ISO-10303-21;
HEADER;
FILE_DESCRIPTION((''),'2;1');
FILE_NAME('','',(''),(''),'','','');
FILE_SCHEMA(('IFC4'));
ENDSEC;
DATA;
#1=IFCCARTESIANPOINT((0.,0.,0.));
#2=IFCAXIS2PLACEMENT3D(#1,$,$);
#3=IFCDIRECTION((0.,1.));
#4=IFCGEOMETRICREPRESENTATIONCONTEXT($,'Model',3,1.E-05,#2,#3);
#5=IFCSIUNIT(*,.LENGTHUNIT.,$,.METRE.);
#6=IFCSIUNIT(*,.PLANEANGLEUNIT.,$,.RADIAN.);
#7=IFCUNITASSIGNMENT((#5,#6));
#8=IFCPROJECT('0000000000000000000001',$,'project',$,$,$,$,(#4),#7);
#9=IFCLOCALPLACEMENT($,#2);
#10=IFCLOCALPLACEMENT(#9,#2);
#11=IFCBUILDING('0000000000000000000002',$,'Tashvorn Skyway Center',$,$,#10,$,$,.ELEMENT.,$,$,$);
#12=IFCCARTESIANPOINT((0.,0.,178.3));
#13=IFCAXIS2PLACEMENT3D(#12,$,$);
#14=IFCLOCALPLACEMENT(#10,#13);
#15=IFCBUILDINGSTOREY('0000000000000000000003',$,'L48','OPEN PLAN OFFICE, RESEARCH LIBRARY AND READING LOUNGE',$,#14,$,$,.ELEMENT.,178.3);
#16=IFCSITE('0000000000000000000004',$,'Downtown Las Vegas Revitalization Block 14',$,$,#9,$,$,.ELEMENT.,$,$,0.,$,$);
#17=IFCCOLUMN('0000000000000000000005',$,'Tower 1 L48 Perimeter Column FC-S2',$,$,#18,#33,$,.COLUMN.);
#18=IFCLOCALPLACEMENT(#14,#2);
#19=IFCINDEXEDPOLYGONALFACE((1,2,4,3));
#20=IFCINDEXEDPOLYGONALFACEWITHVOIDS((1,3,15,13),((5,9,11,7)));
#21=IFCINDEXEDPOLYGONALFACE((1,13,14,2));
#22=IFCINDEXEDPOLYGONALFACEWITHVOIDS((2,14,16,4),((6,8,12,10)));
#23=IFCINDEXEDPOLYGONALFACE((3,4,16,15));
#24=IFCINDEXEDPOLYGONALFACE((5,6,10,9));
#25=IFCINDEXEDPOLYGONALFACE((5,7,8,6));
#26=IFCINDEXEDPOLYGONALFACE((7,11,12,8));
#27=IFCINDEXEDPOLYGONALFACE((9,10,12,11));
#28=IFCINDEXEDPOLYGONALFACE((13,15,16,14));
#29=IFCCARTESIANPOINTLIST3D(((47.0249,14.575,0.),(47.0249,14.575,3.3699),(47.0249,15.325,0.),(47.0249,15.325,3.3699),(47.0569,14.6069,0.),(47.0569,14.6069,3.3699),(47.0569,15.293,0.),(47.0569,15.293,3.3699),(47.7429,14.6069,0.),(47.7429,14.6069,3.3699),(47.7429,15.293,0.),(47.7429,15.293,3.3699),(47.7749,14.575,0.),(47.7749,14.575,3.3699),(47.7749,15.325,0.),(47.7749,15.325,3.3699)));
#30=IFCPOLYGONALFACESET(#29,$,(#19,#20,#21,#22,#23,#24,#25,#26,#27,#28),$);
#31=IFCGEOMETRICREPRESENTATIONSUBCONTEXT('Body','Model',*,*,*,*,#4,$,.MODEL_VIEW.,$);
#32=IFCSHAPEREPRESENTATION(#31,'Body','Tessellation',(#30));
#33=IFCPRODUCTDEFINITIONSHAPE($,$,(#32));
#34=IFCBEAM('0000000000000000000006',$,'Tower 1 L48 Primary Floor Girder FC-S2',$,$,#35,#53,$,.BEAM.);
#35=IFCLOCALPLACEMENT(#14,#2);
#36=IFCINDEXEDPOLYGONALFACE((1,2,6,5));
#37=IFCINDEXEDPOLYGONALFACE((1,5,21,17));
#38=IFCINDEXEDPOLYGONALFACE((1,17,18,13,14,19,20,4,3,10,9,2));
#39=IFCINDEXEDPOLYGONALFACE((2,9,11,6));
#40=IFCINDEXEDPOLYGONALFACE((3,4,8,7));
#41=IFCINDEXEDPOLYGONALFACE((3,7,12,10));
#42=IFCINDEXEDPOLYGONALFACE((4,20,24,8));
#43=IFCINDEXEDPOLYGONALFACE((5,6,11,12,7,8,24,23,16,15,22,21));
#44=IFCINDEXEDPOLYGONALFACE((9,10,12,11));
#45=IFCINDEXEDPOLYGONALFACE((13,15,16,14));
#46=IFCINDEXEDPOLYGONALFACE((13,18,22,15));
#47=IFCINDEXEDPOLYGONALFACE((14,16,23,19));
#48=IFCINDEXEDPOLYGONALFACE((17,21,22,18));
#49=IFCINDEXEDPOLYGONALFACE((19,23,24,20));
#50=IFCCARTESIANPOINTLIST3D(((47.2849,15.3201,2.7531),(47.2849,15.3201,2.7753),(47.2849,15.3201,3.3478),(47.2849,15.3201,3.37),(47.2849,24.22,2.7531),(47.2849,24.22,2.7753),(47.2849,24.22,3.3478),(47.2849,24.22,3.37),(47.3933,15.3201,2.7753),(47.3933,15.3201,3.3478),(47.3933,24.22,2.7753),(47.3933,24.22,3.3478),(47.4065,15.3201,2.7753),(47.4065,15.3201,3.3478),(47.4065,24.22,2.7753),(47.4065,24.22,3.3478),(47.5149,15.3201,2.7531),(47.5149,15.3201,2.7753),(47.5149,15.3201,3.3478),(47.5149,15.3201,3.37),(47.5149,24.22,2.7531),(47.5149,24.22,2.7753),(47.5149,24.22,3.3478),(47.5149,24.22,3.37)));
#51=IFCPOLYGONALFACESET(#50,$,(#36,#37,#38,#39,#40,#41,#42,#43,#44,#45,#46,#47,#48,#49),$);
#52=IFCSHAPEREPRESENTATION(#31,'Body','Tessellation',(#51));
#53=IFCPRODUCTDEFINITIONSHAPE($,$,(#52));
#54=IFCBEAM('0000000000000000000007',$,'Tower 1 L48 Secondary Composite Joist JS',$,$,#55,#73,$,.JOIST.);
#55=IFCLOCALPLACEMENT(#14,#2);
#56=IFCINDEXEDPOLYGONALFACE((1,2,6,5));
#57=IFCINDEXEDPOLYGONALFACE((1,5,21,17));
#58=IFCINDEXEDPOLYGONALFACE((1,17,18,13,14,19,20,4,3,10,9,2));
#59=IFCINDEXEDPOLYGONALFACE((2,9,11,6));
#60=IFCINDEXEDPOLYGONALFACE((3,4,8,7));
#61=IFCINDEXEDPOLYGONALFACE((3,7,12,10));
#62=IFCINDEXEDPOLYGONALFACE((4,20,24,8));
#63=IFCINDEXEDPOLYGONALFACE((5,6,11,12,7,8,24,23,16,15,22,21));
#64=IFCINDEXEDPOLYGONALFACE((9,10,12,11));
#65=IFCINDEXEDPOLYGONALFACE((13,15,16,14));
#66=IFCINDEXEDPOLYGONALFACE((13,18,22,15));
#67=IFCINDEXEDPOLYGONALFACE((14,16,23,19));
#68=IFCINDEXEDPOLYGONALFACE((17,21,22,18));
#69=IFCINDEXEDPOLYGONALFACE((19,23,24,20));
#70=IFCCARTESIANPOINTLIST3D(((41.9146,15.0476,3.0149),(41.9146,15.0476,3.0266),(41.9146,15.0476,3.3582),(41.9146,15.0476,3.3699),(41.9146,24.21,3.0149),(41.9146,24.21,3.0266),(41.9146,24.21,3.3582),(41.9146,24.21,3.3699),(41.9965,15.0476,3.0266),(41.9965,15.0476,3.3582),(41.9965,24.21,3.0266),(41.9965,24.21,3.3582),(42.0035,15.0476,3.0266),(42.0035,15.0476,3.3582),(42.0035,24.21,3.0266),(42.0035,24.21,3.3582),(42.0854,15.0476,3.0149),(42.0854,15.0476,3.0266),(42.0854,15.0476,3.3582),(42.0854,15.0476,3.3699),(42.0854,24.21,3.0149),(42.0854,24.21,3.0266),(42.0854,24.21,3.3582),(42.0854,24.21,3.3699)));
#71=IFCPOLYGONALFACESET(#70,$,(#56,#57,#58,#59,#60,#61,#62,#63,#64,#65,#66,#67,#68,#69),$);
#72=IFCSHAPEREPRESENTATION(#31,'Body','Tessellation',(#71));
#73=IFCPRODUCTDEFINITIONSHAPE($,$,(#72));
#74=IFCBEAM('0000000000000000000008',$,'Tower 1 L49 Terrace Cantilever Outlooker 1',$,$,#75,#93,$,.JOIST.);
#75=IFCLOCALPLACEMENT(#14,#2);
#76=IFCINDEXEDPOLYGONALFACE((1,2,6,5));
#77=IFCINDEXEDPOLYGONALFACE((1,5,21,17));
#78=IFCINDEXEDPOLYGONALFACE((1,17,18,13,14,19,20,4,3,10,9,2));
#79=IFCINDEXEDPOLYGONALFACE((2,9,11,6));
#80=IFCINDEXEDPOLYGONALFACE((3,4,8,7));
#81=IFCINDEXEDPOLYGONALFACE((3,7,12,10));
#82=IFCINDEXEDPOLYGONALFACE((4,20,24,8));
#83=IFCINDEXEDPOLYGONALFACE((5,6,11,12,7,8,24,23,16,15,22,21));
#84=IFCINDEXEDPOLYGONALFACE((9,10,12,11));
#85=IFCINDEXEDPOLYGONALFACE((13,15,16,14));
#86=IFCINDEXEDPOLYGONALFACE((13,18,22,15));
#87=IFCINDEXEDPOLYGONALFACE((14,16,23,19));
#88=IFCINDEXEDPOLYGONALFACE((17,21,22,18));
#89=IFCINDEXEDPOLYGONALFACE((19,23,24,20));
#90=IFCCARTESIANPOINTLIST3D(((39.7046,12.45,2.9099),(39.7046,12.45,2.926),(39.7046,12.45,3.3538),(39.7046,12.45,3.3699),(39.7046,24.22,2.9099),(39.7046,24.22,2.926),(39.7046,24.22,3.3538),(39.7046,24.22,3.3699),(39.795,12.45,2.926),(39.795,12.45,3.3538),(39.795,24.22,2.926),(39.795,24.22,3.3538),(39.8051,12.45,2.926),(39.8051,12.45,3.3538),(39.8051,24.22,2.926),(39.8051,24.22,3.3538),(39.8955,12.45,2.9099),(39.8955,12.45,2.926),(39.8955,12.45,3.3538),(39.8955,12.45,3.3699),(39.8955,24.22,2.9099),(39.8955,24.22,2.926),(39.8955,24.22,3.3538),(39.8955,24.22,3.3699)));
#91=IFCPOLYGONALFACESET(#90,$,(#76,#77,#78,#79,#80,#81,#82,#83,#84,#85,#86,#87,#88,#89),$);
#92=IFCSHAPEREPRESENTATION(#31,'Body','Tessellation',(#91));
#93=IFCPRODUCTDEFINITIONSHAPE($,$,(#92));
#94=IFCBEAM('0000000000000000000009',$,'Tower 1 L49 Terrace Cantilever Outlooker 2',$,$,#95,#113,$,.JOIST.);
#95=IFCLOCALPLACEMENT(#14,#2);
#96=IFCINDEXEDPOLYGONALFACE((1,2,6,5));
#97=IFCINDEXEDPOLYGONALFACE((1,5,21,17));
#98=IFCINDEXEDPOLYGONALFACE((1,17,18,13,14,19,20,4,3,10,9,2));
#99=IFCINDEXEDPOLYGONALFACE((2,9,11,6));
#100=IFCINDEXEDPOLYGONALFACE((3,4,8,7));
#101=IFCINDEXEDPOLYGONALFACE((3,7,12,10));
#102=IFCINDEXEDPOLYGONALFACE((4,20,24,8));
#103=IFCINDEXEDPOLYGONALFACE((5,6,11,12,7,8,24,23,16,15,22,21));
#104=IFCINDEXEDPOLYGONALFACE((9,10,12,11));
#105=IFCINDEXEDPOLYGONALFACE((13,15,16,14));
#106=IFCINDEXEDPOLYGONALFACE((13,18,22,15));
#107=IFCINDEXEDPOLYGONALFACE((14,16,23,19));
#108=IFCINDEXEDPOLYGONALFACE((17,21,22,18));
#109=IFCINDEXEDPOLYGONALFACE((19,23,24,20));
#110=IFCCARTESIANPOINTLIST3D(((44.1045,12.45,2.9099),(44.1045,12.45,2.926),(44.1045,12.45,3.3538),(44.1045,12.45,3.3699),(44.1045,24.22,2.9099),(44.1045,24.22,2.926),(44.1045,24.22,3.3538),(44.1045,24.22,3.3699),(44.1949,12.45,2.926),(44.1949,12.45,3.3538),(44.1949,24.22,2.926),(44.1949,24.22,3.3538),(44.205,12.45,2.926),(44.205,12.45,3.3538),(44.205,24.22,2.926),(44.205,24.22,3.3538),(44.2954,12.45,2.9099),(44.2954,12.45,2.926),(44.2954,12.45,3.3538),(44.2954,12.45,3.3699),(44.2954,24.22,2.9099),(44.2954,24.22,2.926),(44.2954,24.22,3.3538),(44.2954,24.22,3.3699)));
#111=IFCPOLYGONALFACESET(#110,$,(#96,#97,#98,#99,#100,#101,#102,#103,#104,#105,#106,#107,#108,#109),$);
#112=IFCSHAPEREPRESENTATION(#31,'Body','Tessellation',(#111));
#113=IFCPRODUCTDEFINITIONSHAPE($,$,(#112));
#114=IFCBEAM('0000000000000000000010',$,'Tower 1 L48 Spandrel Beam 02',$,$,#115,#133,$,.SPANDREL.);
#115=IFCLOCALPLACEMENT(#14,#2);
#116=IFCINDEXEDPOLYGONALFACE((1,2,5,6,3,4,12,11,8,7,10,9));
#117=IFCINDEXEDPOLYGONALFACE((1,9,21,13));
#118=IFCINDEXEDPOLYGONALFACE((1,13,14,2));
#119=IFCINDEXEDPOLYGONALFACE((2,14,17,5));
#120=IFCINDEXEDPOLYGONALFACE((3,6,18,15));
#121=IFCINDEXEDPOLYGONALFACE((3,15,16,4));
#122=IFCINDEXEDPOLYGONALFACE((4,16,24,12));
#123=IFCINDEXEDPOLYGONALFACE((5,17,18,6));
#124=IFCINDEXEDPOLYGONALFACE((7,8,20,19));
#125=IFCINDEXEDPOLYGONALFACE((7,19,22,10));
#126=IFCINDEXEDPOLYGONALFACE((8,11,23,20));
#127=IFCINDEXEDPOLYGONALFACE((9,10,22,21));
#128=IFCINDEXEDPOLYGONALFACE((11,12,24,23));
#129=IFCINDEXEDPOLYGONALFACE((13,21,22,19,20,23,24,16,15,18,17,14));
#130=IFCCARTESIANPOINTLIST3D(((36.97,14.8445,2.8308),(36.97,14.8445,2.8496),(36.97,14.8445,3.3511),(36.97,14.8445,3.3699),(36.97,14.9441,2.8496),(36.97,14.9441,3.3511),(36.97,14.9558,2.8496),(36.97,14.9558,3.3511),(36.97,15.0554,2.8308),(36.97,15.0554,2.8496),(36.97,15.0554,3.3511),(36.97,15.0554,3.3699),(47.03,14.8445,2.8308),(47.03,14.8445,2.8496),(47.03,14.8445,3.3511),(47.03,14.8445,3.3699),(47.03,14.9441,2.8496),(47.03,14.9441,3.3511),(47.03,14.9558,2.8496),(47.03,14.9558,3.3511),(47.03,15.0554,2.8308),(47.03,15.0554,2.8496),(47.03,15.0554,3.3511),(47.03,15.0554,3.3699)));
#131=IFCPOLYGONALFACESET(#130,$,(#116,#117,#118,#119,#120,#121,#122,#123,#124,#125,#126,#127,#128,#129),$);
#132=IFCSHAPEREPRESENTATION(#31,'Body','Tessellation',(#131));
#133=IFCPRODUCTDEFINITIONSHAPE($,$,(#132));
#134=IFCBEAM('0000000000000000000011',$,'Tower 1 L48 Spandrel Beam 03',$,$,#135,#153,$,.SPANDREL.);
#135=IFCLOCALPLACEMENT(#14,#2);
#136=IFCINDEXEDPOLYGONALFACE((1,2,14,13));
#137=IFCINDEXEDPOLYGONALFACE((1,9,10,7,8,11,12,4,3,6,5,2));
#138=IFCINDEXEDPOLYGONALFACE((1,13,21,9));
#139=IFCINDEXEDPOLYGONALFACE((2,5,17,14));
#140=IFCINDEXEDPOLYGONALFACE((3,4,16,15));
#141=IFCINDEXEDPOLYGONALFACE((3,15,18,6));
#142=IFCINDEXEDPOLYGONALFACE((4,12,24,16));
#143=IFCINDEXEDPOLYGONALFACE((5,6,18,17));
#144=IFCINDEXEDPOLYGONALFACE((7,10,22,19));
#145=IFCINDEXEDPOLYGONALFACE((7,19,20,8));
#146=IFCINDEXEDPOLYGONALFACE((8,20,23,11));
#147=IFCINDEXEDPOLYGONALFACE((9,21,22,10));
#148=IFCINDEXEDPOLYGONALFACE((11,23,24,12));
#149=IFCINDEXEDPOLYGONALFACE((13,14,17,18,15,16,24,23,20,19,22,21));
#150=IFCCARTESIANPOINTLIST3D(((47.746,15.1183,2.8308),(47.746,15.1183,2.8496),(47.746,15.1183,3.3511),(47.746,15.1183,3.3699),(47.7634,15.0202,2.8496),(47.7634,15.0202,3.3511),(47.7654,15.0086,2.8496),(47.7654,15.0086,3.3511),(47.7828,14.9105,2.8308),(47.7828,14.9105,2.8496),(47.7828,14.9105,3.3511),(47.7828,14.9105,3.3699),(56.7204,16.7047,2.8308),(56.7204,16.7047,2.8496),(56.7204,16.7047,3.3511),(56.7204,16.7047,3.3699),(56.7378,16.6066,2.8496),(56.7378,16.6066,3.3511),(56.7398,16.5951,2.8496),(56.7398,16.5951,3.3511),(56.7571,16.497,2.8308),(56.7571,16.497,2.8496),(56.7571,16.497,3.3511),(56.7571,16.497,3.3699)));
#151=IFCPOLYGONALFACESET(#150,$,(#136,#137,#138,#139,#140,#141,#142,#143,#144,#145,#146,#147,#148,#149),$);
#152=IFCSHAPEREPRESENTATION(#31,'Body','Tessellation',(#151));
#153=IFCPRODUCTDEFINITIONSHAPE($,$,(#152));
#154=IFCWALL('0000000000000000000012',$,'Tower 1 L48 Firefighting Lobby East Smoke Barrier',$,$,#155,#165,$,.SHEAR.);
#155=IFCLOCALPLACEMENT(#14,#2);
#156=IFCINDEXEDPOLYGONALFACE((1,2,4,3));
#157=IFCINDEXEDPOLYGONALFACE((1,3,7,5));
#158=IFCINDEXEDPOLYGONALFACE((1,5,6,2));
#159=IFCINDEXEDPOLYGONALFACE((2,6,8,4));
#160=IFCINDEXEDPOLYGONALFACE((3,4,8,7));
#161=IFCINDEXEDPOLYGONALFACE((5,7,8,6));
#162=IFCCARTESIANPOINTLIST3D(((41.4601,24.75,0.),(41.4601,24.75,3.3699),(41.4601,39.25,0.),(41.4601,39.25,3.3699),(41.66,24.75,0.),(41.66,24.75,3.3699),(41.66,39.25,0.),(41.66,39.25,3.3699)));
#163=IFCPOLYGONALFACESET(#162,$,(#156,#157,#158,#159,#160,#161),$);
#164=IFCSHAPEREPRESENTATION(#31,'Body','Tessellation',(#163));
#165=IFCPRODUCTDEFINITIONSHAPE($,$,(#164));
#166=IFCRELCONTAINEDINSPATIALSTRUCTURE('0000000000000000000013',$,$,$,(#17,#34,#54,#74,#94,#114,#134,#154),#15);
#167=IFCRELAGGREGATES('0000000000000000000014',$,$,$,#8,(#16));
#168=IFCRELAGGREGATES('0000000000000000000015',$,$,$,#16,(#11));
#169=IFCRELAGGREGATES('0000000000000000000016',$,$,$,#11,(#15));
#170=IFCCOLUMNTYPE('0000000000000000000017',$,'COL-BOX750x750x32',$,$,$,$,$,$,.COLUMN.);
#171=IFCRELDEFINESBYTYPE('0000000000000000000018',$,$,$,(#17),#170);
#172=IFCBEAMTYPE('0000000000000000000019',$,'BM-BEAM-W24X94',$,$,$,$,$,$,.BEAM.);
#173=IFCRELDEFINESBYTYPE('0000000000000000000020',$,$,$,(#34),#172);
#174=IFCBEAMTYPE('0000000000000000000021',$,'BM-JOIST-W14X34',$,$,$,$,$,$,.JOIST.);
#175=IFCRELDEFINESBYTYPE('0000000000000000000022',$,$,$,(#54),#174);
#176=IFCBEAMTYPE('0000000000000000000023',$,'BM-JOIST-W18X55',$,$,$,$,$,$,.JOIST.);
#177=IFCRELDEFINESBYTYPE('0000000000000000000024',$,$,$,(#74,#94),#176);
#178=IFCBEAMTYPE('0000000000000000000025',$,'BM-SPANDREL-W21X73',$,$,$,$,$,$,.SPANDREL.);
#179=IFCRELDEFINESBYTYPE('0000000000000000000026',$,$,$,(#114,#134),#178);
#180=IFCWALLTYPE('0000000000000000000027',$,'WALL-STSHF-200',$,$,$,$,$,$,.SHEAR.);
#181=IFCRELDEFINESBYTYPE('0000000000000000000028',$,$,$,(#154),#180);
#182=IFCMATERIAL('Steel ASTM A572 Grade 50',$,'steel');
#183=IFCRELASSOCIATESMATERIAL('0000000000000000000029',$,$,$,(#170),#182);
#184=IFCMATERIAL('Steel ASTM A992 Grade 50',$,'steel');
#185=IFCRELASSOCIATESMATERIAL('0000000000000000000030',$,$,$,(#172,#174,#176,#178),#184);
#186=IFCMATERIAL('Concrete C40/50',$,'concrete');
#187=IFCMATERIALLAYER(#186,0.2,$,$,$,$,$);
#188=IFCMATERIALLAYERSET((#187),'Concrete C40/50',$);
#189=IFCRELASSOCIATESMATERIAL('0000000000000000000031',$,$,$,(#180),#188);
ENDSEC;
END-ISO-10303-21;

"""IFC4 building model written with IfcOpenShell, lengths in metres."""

from ifc_helpers import new_model, si_unit, direction, frame, frame_2d, origin, origin_2d, place, context, subcontext, project, spatial, rectangle, hollow_rectangle, i_section, extrude, material, layer, layer_set, material_profile, profile_set, type_object, element, save


model = new_model("IFC4")

# Units and contexts
model_context = context("Model", 3, precision=1e-05, world=origin(), true_north=direction((0.0, 1.0)))
body_context = subcontext(model_context, "Body", "Model", "MODEL_VIEW")
ifc_project = project(units=[si_unit("LENGTHUNIT", "METRE"), si_unit("PLANEANGLEUNIT", "RADIAN")], contexts=[model_context])

# Site, building, storey
site_placement = place(None, origin())
site = spatial("IfcSite", under=ifc_project, at=site_placement, Name="Downtown Las Vegas Revitalization Block 14", CompositionType="ELEMENT", RefElevation=0.0)
building_placement = place(site_placement, origin())
building = spatial("IfcBuilding", under=site, at=building_placement, Name="Tashvorn Skyway Center", CompositionType="ELEMENT")
storey_placement = place(building_placement, frame((0.0, 0.0, 178.3)))
storey = spatial("IfcBuildingStorey", under=building, at=storey_placement, Name="L48", Description="OPEN PLAN OFFICE, RESEARCH LIBRARY AND READING LOUNGE", CompositionType="ELEMENT", Elevation=178.3)

# Column
ifc_material_1 = material(Name="Steel ASTM A572 Grade 50", Category="steel")
ifc_material_profile_1 = material_profile(ifc_material_1, hollow_rectangle(XDim=0.75, YDim=0.75, WallThickness=0.032, at=origin_2d()), Name="BOX750x750x32")
ifc_profile_set_1 = profile_set([ifc_material_profile_1], Name="Steel ASTM A572 Grade 50")
column_type = type_object("IfcColumnType", Name="COL-BOX750x750x32", PredefinedType="COLUMN", material=ifc_profile_set_1)
column_placement = place(storey_placement, frame((47.3999, 14.95, 0.0), z_axis=(0.0, 0.0, 1.0), x_axis=(1.0, 0.0, 0.0)))
element("IfcColumn", 1, at=column_placement, inside=storey, type_object=column_type, Name="Tower 1 L48 Perimeter Column FC-S2", PredefinedType="COLUMN", context=body_context, shape_type="SweptSolid", body=[
    extrude(hollow_rectangle(XDim=0.75, YDim=0.75, WallThickness=0.032, at=origin_2d()), origin(), (0.0, 0.0, 1.0), 3.3699),
])

# Beams
ifc_material_2 = material(Name="Steel ASTM A992 Grade 50", Category="steel")
ifc_material_profile_2 = material_profile(ifc_material_2, i_section(OverallWidth=0.23, OverallDepth=0.6169, WebThickness=0.0132, FlangeThickness=0.0222, at=origin_2d()), Name="W24X94")
ifc_profile_set_2 = profile_set([ifc_material_profile_2], Name="Steel ASTM A992 Grade 50")
beam_type_1 = type_object("IfcBeamType", Name="BM-BEAM-W24X94", PredefinedType="BEAM", material=ifc_profile_set_2)
beam_1_placement = place(storey_placement, frame((47.3999, 15.3201, 3.0615), z_axis=(0.0, 1.0, 0.0), x_axis=(-1.0, 0.0, 0.0)))
element("IfcBeam", 2, at=beam_1_placement, inside=storey, type_object=beam_type_1, Name="Tower 1 L48 Primary Floor Girder FC-S2", PredefinedType="BEAM", context=body_context, shape_type="SweptSolid", body=[
    extrude(i_section(OverallWidth=0.23, OverallDepth=0.6169, WebThickness=0.0132, FlangeThickness=0.0222, at=origin_2d()), origin(), (0.0, 0.0, 1.0), 8.8999),
])
ifc_material_profile_3 = material_profile(ifc_material_2, i_section(OverallWidth=0.1709, OverallDepth=0.355, WebThickness=0.0071, FlangeThickness=0.0117, at=origin_2d()), Name="W14X34")
ifc_profile_set_3 = profile_set([ifc_material_profile_3], Name="Steel ASTM A992 Grade 50")
beam_type_2 = type_object("IfcBeamType", Name="BM-JOIST-W14X34", PredefinedType="JOIST", material=ifc_profile_set_3)
beam_2_placement = place(storey_placement, frame((42.0, 24.21, 3.1924), z_axis=(0.0, -1.0, 0.0), x_axis=(1.0, 0.0, 0.0)))
element("IfcBeam", 3, at=beam_2_placement, inside=storey, type_object=beam_type_2, Name="Tower 1 L48 Secondary Composite Joist JS", PredefinedType="JOIST", context=body_context, shape_type="SweptSolid", body=[
    extrude(i_section(OverallWidth=0.1709, OverallDepth=0.355, WebThickness=0.0071, FlangeThickness=0.0117, at=origin_2d()), origin(), (0.0, 0.0, 1.0), 9.1624),
])
ifc_material_profile_4 = material_profile(ifc_material_2, i_section(OverallWidth=0.1909, OverallDepth=0.46, WebThickness=0.01, FlangeThickness=0.0161, at=origin_2d()), Name="W18X55")
ifc_profile_set_4 = profile_set([ifc_material_profile_4], Name="Steel ASTM A992 Grade 50")
beam_type_3 = type_object("IfcBeamType", Name="BM-JOIST-W18X55", PredefinedType="JOIST", material=ifc_profile_set_4)
for number, where, z_axis, x_axis, name in (
    (4, (39.8, 24.22, 3.1399), (0.0, -1.0, 0.0), (1.0, 0.0, 0.0), "Tower 1 L49 Terrace Cantilever Outlooker 1"),
    (5, (44.2, 24.22, 3.1399), (0.0, -1.0, 0.0), (1.0, 0.0, 0.0), "Tower 1 L49 Terrace Cantilever Outlooker 2"),
):
    element("IfcBeam", number, at=place(storey_placement, frame(where, z_axis=z_axis, x_axis=x_axis)), inside=storey, type_object=beam_type_3, Name=name, PredefinedType="JOIST", context=body_context, shape_type="SweptSolid", body=[
        extrude(i_section(OverallWidth=0.1909, OverallDepth=0.46, WebThickness=0.01, FlangeThickness=0.0161, at=origin_2d()), origin(), (0.0, 0.0, 1.0), 11.77),
    ])
ifc_material_profile_5 = material_profile(ifc_material_2, i_section(OverallWidth=0.2109, OverallDepth=0.5391, WebThickness=0.0117, FlangeThickness=0.0188, at=origin_2d()), Name="W21X73")
ifc_profile_set_5 = profile_set([ifc_material_profile_5], Name="Steel ASTM A992 Grade 50")
beam_type_4 = type_object("IfcBeamType", Name="BM-SPANDREL-W21X73", PredefinedType="SPANDREL", material=ifc_profile_set_5)
beam_3_placement = place(storey_placement, frame((36.97, 14.95, 3.1003), z_axis=(1.0, 0.0, 0.0), x_axis=(0.0, 1.0, 0.0)))
element("IfcBeam", 6, at=beam_3_placement, inside=storey, type_object=beam_type_4, Name="Tower 1 L48 Spandrel Beam 02", PredefinedType="SPANDREL", context=body_context, shape_type="SweptSolid", body=[
    extrude(i_section(OverallWidth=0.2109, OverallDepth=0.5391, WebThickness=0.0117, FlangeThickness=0.0188, at=origin_2d()), origin(), (0.0, 0.0, 1.0), 10.0601),
])
beam_4_placement = place(storey_placement, frame((47.7644, 15.0144, 3.1003), z_axis=(0.984733, 0.174074, 0.0), x_axis=(-0.174074, 0.984733, 0.0)))
element("IfcBeam", 7, at=beam_4_placement, inside=storey, type_object=beam_type_4, Name="Tower 1 L48 Spandrel Beam 03", PredefinedType="SPANDREL", context=body_context, shape_type="SweptSolid", body=[
    extrude(i_section(OverallWidth=0.2109, OverallDepth=0.5391, WebThickness=0.0117, FlangeThickness=0.0188, at=origin_2d()), origin(), (0.0, 0.0, 1.0), 9.1135),
])

# Wall
ifc_material_3 = material(Name="Concrete C40/50", Category="concrete")
ifc_layer_1 = layer(ifc_material_3, 0.2)
ifc_layer_set_1 = layer_set([ifc_layer_1], Name="Concrete C40/50")
wall_type_1 = type_object("IfcWallType", Name="WALL-STSHF-200", PredefinedType="SHEAR", material=ifc_layer_set_1)
wall_1_placement = place(storey_placement, frame((41.5601, 24.75, 0.0), z_axis=(0.0, 0.0, 1.0), x_axis=(0.0, 1.0, 0.0)))
element("IfcWall", 8, at=wall_1_placement, inside=storey, type_object=wall_type_1, Name="Tower 1 L48 Firefighting Lobby East Smoke Barrier", PredefinedType="SHEAR", context=body_context, shape_type="SweptSolid", body=[
    extrude(rectangle(XDim=14.5, YDim=0.2, at=frame_2d((7.25, 0.0))), origin(), (0.0, 0.0, 1.0), 3.3699),
])

save(model, "model.ifc")
